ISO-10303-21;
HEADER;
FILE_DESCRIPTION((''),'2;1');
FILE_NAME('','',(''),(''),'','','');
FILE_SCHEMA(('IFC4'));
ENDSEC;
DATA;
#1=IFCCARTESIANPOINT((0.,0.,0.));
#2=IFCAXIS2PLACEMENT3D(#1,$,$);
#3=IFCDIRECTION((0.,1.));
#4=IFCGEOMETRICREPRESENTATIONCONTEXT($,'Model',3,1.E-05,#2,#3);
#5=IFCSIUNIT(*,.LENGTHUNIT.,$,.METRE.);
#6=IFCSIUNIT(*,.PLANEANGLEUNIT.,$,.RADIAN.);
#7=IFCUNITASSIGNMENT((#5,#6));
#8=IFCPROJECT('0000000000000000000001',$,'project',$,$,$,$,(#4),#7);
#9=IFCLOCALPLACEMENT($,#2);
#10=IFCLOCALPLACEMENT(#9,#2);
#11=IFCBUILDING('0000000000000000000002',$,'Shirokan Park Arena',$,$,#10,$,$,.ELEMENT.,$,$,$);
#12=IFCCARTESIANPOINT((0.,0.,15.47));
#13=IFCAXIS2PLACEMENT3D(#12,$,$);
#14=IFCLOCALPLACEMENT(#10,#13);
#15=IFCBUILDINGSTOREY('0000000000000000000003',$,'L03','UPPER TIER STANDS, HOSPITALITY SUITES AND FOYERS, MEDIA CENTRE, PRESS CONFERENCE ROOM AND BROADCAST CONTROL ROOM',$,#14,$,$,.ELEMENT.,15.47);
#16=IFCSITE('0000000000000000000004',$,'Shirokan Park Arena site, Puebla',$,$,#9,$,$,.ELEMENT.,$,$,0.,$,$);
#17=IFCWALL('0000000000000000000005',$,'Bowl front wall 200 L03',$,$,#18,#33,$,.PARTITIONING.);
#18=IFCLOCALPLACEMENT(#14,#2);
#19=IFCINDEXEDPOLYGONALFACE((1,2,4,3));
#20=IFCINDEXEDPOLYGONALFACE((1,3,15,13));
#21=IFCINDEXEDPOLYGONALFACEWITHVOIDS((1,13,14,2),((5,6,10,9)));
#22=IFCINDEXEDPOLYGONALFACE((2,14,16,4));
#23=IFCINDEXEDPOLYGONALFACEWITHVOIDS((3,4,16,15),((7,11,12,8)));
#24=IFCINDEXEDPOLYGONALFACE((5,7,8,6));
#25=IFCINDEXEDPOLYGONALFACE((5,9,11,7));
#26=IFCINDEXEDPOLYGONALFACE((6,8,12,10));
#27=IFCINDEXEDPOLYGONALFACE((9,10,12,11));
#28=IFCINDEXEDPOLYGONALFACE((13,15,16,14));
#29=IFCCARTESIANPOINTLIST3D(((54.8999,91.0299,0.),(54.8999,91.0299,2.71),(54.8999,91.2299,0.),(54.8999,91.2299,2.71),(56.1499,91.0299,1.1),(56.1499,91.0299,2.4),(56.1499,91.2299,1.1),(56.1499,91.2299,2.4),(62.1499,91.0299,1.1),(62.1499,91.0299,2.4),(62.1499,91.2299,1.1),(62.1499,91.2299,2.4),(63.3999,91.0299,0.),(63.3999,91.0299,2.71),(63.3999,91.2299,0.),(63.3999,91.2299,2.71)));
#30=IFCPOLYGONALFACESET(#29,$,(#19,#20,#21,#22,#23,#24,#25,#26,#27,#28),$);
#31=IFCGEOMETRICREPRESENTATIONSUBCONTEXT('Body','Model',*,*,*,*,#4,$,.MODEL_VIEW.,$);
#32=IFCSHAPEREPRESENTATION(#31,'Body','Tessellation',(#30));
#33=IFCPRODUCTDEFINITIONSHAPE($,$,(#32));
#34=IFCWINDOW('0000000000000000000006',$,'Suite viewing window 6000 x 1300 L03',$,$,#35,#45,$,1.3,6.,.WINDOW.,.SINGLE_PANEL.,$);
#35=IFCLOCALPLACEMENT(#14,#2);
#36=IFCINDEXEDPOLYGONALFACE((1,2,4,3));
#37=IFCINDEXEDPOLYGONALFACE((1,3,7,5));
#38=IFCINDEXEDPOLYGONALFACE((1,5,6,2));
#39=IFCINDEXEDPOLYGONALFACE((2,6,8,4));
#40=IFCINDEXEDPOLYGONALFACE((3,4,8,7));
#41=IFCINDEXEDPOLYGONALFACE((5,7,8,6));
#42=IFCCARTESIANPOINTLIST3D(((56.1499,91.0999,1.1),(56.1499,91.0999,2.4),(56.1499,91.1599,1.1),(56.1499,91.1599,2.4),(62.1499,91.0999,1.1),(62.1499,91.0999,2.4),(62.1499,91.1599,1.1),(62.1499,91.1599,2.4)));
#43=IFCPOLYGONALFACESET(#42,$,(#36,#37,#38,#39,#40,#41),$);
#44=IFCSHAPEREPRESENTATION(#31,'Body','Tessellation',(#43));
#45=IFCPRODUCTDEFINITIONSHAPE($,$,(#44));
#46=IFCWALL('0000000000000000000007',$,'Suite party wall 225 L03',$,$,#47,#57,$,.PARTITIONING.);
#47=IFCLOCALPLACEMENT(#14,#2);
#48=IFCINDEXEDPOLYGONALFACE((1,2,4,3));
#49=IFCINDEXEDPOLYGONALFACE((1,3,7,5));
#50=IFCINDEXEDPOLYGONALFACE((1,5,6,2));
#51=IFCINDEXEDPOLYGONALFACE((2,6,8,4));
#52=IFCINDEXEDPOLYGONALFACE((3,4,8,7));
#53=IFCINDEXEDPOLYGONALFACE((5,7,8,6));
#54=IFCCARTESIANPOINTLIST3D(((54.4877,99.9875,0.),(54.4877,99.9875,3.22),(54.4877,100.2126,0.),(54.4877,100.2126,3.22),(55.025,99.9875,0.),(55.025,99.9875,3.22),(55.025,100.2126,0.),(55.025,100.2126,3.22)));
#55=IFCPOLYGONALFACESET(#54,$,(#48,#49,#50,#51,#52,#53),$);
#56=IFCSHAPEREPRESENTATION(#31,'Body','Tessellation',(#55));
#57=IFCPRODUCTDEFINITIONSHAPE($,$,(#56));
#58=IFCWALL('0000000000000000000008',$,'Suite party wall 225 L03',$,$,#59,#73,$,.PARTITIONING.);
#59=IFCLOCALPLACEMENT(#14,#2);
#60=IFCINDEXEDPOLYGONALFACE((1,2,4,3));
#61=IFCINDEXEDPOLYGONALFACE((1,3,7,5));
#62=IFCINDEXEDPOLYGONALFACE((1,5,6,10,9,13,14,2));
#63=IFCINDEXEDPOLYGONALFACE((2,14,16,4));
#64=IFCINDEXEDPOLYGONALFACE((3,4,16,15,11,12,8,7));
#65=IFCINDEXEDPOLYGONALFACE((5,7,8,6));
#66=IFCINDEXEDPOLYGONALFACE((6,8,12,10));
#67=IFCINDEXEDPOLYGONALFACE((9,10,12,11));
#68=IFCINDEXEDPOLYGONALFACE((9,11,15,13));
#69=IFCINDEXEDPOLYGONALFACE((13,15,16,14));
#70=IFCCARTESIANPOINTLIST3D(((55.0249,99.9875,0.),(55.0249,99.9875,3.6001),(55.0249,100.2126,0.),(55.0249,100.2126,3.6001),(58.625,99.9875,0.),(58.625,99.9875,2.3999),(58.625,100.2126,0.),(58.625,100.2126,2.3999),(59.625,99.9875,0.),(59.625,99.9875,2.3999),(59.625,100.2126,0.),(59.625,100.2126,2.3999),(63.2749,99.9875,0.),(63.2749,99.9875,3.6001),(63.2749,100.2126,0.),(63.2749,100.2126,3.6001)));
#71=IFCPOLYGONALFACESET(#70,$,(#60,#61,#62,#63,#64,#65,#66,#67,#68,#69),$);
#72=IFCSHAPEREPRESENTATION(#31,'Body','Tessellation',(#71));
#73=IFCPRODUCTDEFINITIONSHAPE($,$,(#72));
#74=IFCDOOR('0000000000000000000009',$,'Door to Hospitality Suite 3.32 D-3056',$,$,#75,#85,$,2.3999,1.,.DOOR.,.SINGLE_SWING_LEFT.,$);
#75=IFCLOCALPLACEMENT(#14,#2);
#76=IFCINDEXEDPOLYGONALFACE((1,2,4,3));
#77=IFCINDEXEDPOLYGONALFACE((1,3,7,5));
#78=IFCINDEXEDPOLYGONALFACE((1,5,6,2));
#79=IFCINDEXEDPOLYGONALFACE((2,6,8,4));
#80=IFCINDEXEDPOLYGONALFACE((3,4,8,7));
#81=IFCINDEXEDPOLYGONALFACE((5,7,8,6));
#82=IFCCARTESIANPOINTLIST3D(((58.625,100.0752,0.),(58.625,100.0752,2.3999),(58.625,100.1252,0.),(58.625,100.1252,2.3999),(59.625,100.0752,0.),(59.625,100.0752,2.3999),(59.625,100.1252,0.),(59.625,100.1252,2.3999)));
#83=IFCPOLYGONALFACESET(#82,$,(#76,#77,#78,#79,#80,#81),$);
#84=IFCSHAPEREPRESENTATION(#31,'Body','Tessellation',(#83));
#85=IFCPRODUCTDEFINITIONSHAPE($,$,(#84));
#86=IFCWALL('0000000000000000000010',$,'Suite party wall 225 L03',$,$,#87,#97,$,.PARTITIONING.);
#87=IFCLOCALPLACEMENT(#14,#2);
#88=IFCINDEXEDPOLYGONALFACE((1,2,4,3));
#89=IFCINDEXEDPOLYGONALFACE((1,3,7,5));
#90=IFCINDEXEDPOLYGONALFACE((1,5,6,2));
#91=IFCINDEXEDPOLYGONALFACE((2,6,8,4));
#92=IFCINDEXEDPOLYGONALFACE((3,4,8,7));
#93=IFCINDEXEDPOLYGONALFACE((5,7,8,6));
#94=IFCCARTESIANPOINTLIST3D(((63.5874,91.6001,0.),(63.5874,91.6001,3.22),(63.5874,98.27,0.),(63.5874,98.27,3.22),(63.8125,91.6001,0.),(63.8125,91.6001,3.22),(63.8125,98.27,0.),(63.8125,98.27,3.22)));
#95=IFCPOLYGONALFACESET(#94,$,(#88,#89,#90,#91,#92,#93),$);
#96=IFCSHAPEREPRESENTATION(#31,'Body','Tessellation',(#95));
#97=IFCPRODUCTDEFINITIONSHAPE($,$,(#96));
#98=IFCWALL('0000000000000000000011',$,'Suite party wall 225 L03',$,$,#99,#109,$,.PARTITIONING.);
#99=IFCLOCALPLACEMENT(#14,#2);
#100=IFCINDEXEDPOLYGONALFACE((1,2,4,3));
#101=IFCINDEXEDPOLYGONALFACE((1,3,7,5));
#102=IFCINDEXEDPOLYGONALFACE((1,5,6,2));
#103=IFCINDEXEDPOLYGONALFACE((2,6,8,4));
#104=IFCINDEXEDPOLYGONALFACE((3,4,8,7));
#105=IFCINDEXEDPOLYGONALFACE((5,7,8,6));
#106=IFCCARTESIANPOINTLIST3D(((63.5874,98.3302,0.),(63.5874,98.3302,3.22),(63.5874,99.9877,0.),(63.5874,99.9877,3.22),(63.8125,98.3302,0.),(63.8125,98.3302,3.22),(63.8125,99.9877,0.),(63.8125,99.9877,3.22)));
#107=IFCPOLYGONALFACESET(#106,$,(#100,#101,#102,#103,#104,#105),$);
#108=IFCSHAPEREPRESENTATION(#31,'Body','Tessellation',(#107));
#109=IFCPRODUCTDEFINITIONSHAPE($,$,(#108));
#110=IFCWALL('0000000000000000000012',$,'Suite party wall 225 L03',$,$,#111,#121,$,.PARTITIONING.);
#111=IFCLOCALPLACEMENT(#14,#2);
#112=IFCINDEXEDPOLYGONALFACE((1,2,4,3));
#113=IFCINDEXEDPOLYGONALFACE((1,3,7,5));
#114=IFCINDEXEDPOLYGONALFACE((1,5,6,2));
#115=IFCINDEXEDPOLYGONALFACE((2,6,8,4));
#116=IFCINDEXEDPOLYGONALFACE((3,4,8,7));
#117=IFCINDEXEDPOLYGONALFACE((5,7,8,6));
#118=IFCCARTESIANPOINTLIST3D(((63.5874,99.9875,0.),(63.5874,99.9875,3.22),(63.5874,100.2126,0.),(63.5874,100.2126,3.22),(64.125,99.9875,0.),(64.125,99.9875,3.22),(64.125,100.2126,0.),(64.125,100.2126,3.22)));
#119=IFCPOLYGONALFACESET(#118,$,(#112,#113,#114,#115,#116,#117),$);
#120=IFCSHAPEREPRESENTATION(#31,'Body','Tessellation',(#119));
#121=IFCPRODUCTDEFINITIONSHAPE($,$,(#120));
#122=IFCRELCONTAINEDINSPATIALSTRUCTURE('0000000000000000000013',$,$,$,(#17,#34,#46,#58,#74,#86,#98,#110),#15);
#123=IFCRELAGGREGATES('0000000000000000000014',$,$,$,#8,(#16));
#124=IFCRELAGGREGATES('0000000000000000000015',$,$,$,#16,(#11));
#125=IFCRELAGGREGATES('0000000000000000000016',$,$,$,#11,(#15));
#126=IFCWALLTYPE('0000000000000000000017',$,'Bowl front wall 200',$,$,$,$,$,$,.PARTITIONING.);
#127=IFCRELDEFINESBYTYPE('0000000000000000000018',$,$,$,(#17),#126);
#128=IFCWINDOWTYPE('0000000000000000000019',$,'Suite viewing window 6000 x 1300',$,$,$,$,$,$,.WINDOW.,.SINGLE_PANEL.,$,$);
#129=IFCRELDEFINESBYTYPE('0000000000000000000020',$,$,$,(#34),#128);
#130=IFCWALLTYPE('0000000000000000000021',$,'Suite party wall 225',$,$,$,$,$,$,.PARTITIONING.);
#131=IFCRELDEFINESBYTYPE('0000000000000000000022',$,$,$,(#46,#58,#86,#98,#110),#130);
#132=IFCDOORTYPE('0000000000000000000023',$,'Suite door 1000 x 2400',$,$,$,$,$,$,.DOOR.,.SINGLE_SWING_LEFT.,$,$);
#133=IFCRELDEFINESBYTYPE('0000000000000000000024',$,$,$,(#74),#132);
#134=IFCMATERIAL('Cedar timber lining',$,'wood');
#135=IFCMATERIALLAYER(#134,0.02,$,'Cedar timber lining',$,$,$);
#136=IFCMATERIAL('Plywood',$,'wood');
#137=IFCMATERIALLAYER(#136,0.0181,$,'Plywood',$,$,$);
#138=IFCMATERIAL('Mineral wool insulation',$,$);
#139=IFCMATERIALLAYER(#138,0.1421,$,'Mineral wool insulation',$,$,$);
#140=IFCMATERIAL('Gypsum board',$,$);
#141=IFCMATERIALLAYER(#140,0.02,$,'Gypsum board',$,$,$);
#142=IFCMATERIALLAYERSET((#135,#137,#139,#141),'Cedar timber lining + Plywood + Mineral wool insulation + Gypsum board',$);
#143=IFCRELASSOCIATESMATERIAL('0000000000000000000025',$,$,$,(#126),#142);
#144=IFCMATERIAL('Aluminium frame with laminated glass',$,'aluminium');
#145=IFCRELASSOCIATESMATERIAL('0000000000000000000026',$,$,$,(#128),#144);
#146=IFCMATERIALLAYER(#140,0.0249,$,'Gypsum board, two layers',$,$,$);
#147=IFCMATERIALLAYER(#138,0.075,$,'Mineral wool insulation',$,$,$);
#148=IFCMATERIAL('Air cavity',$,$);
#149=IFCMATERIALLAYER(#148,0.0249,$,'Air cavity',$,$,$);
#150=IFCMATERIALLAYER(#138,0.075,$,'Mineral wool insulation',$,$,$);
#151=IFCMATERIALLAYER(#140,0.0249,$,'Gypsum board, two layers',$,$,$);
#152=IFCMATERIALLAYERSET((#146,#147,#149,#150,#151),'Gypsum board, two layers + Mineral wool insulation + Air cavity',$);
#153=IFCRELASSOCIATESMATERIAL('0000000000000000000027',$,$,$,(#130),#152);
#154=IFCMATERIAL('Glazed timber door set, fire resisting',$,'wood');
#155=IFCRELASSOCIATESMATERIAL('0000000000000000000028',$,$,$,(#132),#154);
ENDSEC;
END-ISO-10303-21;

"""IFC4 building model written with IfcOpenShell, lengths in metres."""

from ifc_helpers import new_model, si_unit, direction, frame, frame_2d, origin, place, context, subcontext, project, spatial, rectangle, extrude, material, layer, layer_set, type_object, element, fill, save


model = new_model("IFC4")

# Units and contexts
model_context = context("Model", 3, precision=1e-05, world=origin(), true_north=direction((0.0, 1.0)))
body_context = subcontext(model_context, "Body", "Model", "MODEL_VIEW")
ifc_project = project(units=[si_unit("LENGTHUNIT", "METRE"), si_unit("PLANEANGLEUNIT", "RADIAN")], contexts=[model_context])

# Site, building, storey
site_placement = place(None, origin())
site = spatial("IfcSite", under=ifc_project, at=site_placement, Name="Shirokan Park Arena site, Puebla", CompositionType="ELEMENT", RefElevation=0.0)
building_placement = place(site_placement, origin())
building = spatial("IfcBuilding", under=site, at=building_placement, Name="Shirokan Park Arena", CompositionType="ELEMENT")
storey_placement = place(building_placement, frame((0.0, 0.0, 15.47)))
storey = spatial("IfcBuildingStorey", under=building, at=storey_placement, Name="L03", Description="UPPER TIER STANDS, HOSPITALITY SUITES AND FOYERS, MEDIA CENTRE, PRESS CONFERENCE ROOM AND BROADCAST CONTROL ROOM", CompositionType="ELEMENT", Elevation=15.47)

# Wall, opening, window
ifc_material_1 = material(Name="Cedar timber lining", Category="wood")
ifc_layer_1 = layer(ifc_material_1, 0.02, Name="Cedar timber lining")
ifc_material_2 = material(Name="Plywood", Category="wood")
ifc_layer_2 = layer(ifc_material_2, 0.0181, Name="Plywood")
ifc_material_3 = material(Name="Mineral wool insulation")
ifc_layer_3 = layer(ifc_material_3, 0.1421, Name="Mineral wool insulation")
ifc_material_4 = material(Name="Gypsum board")
ifc_layer_4 = layer(ifc_material_4, 0.02, Name="Gypsum board")
ifc_layer_set_1 = layer_set([ifc_layer_1, ifc_layer_2, ifc_layer_3, ifc_layer_4], Name="Cedar timber lining + Plywood + Mineral wool insulation + Gypsum board")
wall_type_1 = type_object("IfcWallType", Name="Bowl front wall 200", PredefinedType="PARTITIONING", material=ifc_layer_set_1)
wall_1_placement = place(storey_placement, frame((63.3999, 91.1299, 0.0), z_axis=(0.0, 0.0, 1.0), x_axis=(-1.0, 0.0, 0.0)))
wall_1 = element("IfcWall", 1, at=wall_1_placement, inside=storey, type_object=wall_type_1, Name="Bowl front wall 200 L03", PredefinedType="PARTITIONING", context=body_context, shape_type="SweptSolid", body=[
    extrude(rectangle(XDim=8.5, YDim=0.2, at=frame_2d((4.25, 0.0))), origin(), (0.0, 0.0, 1.0), 2.71),
])
opening_1_placement = place(wall_1_placement, frame((1.25, 0.0, 1.1001)))
opening_1 = element("IfcOpeningElement", 2, at=opening_1_placement, cuts=wall_1, PredefinedType="OPENING", context=body_context, shape_type="SweptSolid", body=[
    extrude(rectangle(XDim=6.0, YDim=1.3, at=frame_2d((3.0, 0.6499))), frame((0.0, 0.1099, 0.0), z_axis=(0.0, -1.0, 0.0), x_axis=(1.0, 0.0, 0.0)), (0.0, 0.0, 1.0), 0.22),
])
ifc_material_5 = material(Name="Aluminium frame with laminated glass", Category="aluminium")
window_type = type_object("IfcWindowType", Name="Suite viewing window 6000 x 1300", PartitioningType="SINGLE_PANEL", PredefinedType="WINDOW", material=ifc_material_5)
window_placement = place(opening_1_placement, origin())
window = element("IfcWindow", 3, at=window_placement, inside=storey, type_object=window_type, Name="Suite viewing window 6000 x 1300 L03", OverallHeight=1.3, OverallWidth=6.0, PartitioningType="SINGLE_PANEL", PredefinedType="WINDOW", context=body_context, shape_type="SweptSolid", body=[
    extrude(rectangle(XDim=6.0, YDim=1.3, at=frame_2d((3.0, 0.6499))), frame((0.0, 0.03, 0.0), z_axis=(0.0, -1.0, 0.0), x_axis=(1.0, 0.0, 0.0)), (0.0, 0.0, 1.0), 0.0601),
])
fill(opening_1, window)

# Wall
ifc_layer_5 = layer(ifc_material_4, 0.0249, Name="Gypsum board, two layers")
ifc_layer_6 = layer(ifc_material_3, 0.075, Name="Mineral wool insulation")
ifc_material_6 = material(Name="Air cavity")
ifc_layer_7 = layer(ifc_material_6, 0.0249, Name="Air cavity")
ifc_layer_8 = layer(ifc_material_3, 0.075, Name="Mineral wool insulation")
ifc_layer_9 = layer(ifc_material_4, 0.0249, Name="Gypsum board, two layers")
ifc_layer_set_2 = layer_set([ifc_layer_5, ifc_layer_6, ifc_layer_7, ifc_layer_8, ifc_layer_9], Name="Gypsum board, two layers + Mineral wool insulation + Air cavity")
wall_type_2 = type_object("IfcWallType", Name="Suite party wall 225", PredefinedType="PARTITIONING", material=ifc_layer_set_2)
wall_2_placement = place(storey_placement, frame((55.0249, 100.1001, 0.0), z_axis=(0.0, 0.0, 1.0), x_axis=(-1.0, 0.0, 0.0)))
element("IfcWall", 4, at=wall_2_placement, inside=storey, type_object=wall_type_2, Name="Suite party wall 225 L03", PredefinedType="PARTITIONING", context=body_context, shape_type="SweptSolid", body=[
    extrude(rectangle(XDim=0.5374, YDim=0.2251, at=frame_2d((0.2686, 0.0))), origin(), (0.0, 0.0, 1.0), 3.22),
])

# Wall, opening, door
wall_3_placement = place(storey_placement, frame((63.2749, 100.1001, 0.0), z_axis=(0.0, 0.0, 1.0), x_axis=(-1.0, 0.0, 0.0)))
wall_3 = element("IfcWall", 5, at=wall_3_placement, inside=storey, type_object=wall_type_2, Name="Suite party wall 225 L03", PredefinedType="PARTITIONING", context=body_context, shape_type="SweptSolid", body=[
    extrude(rectangle(XDim=8.25, YDim=0.2251, at=frame_2d((4.125, 0.0))), origin(), (0.0, 0.0, 1.0), 3.6001),
])
opening_2_placement = place(wall_3_placement, frame((3.6499, 0.0, 0.0)))
opening_2 = element("IfcOpeningElement", 6, at=opening_2_placement, cuts=wall_3, PredefinedType="OPENING", context=body_context, shape_type="SweptSolid", body=[
    extrude(rectangle(XDim=1.0, YDim=2.3999, at=frame_2d((0.5, 1.2))), frame((0.0, 0.1226, 0.0), z_axis=(0.0, -1.0, 0.0), x_axis=(1.0, 0.0, 0.0)), (0.0, 0.0, 1.0), 0.2451),
])
ifc_material_7 = material(Name="Glazed timber door set, fire resisting", Category="wood")
door_type = type_object("IfcDoorType", Name="Suite door 1000 x 2400", OperationType="SINGLE_SWING_LEFT", PredefinedType="DOOR", material=ifc_material_7)
door_placement = place(opening_2_placement, origin())
door = element("IfcDoor", 7, at=door_placement, inside=storey, type_object=door_type, Name="Door to Hospitality Suite 3.32 D-3056", OperationType="SINGLE_SWING_LEFT", OverallHeight=2.3999, OverallWidth=1.0, PredefinedType="DOOR", context=body_context, shape_type="SweptSolid", body=[
    extrude(rectangle(XDim=1.0, YDim=2.3999, at=frame_2d((0.5, 1.2))), frame((0.0, 0.0249, 0.0), z_axis=(0.0, -1.0, 0.0), x_axis=(1.0, 0.0, 0.0)), (0.0, 0.0, 1.0), 0.05),
])
fill(opening_2, door)

# Walls
wall_4_placement = place(storey_placement, frame((63.7, 98.27, 0.0), z_axis=(0.0, 0.0, 1.0), x_axis=(0.0, -1.0, 0.0)))
element("IfcWall", 8, at=wall_4_placement, inside=storey, type_object=wall_type_2, Name="Suite party wall 225 L03", PredefinedType="PARTITIONING", context=body_context, shape_type="SweptSolid", body=[
    extrude(rectangle(XDim=6.6699, YDim=0.2251, at=frame_2d((3.335, 0.0))), origin(), (0.0, 0.0, 1.0), 3.22),
])
wall_5_placement = place(storey_placement, frame((63.7, 99.9875, 0.0), z_axis=(0.0, 0.0, 1.0), x_axis=(0.0, -1.0, 0.0)))
element("IfcWall", 9, at=wall_5_placement, inside=storey, type_object=wall_type_2, Name="Suite party wall 225 L03", PredefinedType="PARTITIONING", context=body_context, shape_type="SweptSolid", body=[
    extrude(rectangle(XDim=1.6575, YDim=0.2251, at=frame_2d((0.8286, 0.0))), origin(), (0.0, 0.0, 1.0), 3.22),
])
wall_6_placement = place(storey_placement, frame((64.125, 100.1001, 0.0), z_axis=(0.0, 0.0, 1.0), x_axis=(-1.0, 0.0, 0.0)))
element("IfcWall", 10, at=wall_6_placement, inside=storey, type_object=wall_type_2, Name="Suite party wall 225 L03", PredefinedType="PARTITIONING", context=body_context, shape_type="SweptSolid", body=[
    extrude(rectangle(XDim=0.5376, YDim=0.2251, at=frame_2d((0.2688, 0.0))), origin(), (0.0, 0.0, 1.0), 3.22),
])

save(model, "model.ifc")
